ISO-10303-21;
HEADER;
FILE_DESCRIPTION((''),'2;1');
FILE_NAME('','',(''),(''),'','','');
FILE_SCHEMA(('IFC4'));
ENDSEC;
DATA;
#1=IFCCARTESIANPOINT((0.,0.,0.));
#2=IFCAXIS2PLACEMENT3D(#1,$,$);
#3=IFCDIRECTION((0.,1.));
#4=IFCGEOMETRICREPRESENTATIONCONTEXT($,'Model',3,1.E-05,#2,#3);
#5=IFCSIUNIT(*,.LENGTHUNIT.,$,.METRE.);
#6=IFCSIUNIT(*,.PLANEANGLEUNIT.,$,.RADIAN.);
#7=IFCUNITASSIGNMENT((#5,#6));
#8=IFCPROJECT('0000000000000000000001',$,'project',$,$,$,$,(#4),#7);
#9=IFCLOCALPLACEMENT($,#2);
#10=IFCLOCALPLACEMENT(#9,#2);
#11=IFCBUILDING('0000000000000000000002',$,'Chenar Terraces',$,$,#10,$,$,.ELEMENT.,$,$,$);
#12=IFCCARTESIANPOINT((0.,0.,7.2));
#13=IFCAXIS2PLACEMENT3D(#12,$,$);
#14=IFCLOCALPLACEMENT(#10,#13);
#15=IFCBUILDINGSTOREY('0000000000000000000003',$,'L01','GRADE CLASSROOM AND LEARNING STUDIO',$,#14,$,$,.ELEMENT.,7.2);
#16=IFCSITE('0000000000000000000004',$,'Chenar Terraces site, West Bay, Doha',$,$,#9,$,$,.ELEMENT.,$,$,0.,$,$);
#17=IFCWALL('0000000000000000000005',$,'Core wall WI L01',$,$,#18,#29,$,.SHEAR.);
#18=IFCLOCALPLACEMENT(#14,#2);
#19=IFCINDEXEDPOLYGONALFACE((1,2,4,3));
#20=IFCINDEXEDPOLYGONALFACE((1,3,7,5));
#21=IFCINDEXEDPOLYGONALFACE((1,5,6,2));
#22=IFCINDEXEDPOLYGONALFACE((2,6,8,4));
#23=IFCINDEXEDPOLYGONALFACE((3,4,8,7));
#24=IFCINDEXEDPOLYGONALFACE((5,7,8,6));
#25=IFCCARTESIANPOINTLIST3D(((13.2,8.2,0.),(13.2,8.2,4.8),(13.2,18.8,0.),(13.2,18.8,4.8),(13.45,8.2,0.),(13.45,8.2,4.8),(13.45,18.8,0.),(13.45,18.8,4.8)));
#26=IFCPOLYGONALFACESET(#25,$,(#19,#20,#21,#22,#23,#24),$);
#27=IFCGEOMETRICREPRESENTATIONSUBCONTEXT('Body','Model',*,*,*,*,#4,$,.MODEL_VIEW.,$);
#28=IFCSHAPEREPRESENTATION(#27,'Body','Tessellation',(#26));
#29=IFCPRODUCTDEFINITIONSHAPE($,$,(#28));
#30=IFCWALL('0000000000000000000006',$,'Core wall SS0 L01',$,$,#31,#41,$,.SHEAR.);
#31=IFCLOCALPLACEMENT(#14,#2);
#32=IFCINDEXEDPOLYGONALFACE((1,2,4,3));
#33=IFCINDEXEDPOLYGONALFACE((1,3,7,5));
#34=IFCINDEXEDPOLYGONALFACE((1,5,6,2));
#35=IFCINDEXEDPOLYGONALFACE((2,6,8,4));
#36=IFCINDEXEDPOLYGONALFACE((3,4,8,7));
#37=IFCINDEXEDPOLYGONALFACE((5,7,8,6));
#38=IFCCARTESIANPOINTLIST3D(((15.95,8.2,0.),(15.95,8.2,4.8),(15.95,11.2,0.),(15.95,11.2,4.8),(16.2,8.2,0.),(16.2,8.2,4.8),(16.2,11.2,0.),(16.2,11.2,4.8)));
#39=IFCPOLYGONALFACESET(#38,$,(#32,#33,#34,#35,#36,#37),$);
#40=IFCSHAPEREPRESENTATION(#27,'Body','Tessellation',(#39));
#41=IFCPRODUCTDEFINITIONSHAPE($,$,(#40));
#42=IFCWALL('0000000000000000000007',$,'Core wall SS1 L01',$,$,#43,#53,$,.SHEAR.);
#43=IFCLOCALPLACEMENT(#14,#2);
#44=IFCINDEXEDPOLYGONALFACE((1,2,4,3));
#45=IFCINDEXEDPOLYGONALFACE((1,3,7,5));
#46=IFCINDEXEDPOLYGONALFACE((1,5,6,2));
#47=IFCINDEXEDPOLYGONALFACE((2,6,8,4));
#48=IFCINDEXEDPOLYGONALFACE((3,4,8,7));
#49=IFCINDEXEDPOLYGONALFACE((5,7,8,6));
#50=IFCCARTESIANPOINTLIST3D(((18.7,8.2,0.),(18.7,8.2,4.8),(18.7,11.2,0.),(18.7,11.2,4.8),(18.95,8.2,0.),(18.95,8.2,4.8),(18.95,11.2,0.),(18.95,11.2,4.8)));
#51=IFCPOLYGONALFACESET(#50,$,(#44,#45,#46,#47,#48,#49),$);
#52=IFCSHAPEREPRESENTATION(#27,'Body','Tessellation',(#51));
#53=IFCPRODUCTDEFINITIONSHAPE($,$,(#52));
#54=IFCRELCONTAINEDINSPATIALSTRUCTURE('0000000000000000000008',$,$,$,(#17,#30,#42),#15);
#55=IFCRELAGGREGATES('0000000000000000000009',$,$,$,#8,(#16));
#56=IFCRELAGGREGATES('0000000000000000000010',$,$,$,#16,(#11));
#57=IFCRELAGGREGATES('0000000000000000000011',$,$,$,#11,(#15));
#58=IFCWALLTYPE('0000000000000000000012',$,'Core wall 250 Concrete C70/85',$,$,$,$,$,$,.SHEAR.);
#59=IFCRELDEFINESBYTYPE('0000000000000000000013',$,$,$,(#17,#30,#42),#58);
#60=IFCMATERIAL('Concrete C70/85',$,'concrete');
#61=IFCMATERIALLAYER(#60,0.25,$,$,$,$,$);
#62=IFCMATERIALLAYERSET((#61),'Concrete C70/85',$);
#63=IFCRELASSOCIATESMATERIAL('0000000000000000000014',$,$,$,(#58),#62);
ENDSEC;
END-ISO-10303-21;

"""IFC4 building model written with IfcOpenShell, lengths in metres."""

from ifc_helpers import new_model, si_unit, direction, frame, frame_2d, origin, place, context, subcontext, project, spatial, rectangle, extrude, material, layer, layer_set, type_object, element, save


model = new_model("IFC4")

# Units and contexts
model_context = context("Model", 3, precision=1e-05, world=origin(), true_north=direction((0.0, 1.0)))
body_context = subcontext(model_context, "Body", "Model", "MODEL_VIEW")
ifc_project = project(units=[si_unit("LENGTHUNIT", "METRE"), si_unit("PLANEANGLEUNIT", "RADIAN")], contexts=[model_context])

# Site, building, storey
site_placement = place(None, origin())
site = spatial("IfcSite", under=ifc_project, at=site_placement, Name="Chenar Terraces site, West Bay, Doha", CompositionType="ELEMENT", RefElevation=0.0)
building_placement = place(site_placement, origin())
building = spatial("IfcBuilding", under=site, at=building_placement, Name="Chenar Terraces", CompositionType="ELEMENT")
storey_placement = place(building_placement, frame((0.0, 0.0, 7.2)))
storey = spatial("IfcBuildingStorey", under=building, at=storey_placement, Name="L01", Description="GRADE CLASSROOM AND LEARNING STUDIO", CompositionType="ELEMENT", Elevation=7.2)

# Walls
ifc_material_1 = material(Name="Concrete C70/85", Category="concrete")
ifc_layer_1 = layer(ifc_material_1, 0.25)
ifc_layer_set_1 = layer_set([ifc_layer_1], Name="Concrete C70/85")
wall_type_1 = type_object("IfcWallType", Name="Core wall 250 Concrete C70/85", PredefinedType="SHEAR", material=ifc_layer_set_1)
wall_1_placement = place(storey_placement, frame((13.325, 8.2, 0.0), z_axis=(0.0, 0.0, 1.0), x_axis=(0.0, 1.0, 0.0)))
element("IfcWall", 1, at=wall_1_placement, inside=storey, type_object=wall_type_1, Name="Core wall WI L01", PredefinedType="SHEAR", context=body_context, shape_type="SweptSolid", body=[
    extrude(rectangle(XDim=10.6001, YDim=0.25, at=frame_2d((5.3, 0.0))), origin(), (0.0, 0.0, 1.0), 4.8),
])
for number, where, z_axis, x_axis, name in (
    (2, (16.075, 8.2, 0.0), (0.0, 0.0, 1.0), (0.0, 1.0, 0.0), "Core wall SS0 L01"),
    (3, (18.825, 8.2, 0.0), (0.0, 0.0, 1.0), (0.0, 1.0, 0.0), "Core wall SS1 L01"),
):
    element("IfcWall", number, at=place(storey_placement, frame(where, z_axis=z_axis, x_axis=x_axis)), inside=storey, type_object=wall_type_1, Name=name, PredefinedType="SHEAR", context=body_context, shape_type="SweptSolid", body=[
        extrude(rectangle(XDim=3.0, YDim=0.25, at=frame_2d((1.5, 0.0))), origin(), (0.0, 0.0, 1.0), 4.8),
    ])

save(model, "model.ifc")
